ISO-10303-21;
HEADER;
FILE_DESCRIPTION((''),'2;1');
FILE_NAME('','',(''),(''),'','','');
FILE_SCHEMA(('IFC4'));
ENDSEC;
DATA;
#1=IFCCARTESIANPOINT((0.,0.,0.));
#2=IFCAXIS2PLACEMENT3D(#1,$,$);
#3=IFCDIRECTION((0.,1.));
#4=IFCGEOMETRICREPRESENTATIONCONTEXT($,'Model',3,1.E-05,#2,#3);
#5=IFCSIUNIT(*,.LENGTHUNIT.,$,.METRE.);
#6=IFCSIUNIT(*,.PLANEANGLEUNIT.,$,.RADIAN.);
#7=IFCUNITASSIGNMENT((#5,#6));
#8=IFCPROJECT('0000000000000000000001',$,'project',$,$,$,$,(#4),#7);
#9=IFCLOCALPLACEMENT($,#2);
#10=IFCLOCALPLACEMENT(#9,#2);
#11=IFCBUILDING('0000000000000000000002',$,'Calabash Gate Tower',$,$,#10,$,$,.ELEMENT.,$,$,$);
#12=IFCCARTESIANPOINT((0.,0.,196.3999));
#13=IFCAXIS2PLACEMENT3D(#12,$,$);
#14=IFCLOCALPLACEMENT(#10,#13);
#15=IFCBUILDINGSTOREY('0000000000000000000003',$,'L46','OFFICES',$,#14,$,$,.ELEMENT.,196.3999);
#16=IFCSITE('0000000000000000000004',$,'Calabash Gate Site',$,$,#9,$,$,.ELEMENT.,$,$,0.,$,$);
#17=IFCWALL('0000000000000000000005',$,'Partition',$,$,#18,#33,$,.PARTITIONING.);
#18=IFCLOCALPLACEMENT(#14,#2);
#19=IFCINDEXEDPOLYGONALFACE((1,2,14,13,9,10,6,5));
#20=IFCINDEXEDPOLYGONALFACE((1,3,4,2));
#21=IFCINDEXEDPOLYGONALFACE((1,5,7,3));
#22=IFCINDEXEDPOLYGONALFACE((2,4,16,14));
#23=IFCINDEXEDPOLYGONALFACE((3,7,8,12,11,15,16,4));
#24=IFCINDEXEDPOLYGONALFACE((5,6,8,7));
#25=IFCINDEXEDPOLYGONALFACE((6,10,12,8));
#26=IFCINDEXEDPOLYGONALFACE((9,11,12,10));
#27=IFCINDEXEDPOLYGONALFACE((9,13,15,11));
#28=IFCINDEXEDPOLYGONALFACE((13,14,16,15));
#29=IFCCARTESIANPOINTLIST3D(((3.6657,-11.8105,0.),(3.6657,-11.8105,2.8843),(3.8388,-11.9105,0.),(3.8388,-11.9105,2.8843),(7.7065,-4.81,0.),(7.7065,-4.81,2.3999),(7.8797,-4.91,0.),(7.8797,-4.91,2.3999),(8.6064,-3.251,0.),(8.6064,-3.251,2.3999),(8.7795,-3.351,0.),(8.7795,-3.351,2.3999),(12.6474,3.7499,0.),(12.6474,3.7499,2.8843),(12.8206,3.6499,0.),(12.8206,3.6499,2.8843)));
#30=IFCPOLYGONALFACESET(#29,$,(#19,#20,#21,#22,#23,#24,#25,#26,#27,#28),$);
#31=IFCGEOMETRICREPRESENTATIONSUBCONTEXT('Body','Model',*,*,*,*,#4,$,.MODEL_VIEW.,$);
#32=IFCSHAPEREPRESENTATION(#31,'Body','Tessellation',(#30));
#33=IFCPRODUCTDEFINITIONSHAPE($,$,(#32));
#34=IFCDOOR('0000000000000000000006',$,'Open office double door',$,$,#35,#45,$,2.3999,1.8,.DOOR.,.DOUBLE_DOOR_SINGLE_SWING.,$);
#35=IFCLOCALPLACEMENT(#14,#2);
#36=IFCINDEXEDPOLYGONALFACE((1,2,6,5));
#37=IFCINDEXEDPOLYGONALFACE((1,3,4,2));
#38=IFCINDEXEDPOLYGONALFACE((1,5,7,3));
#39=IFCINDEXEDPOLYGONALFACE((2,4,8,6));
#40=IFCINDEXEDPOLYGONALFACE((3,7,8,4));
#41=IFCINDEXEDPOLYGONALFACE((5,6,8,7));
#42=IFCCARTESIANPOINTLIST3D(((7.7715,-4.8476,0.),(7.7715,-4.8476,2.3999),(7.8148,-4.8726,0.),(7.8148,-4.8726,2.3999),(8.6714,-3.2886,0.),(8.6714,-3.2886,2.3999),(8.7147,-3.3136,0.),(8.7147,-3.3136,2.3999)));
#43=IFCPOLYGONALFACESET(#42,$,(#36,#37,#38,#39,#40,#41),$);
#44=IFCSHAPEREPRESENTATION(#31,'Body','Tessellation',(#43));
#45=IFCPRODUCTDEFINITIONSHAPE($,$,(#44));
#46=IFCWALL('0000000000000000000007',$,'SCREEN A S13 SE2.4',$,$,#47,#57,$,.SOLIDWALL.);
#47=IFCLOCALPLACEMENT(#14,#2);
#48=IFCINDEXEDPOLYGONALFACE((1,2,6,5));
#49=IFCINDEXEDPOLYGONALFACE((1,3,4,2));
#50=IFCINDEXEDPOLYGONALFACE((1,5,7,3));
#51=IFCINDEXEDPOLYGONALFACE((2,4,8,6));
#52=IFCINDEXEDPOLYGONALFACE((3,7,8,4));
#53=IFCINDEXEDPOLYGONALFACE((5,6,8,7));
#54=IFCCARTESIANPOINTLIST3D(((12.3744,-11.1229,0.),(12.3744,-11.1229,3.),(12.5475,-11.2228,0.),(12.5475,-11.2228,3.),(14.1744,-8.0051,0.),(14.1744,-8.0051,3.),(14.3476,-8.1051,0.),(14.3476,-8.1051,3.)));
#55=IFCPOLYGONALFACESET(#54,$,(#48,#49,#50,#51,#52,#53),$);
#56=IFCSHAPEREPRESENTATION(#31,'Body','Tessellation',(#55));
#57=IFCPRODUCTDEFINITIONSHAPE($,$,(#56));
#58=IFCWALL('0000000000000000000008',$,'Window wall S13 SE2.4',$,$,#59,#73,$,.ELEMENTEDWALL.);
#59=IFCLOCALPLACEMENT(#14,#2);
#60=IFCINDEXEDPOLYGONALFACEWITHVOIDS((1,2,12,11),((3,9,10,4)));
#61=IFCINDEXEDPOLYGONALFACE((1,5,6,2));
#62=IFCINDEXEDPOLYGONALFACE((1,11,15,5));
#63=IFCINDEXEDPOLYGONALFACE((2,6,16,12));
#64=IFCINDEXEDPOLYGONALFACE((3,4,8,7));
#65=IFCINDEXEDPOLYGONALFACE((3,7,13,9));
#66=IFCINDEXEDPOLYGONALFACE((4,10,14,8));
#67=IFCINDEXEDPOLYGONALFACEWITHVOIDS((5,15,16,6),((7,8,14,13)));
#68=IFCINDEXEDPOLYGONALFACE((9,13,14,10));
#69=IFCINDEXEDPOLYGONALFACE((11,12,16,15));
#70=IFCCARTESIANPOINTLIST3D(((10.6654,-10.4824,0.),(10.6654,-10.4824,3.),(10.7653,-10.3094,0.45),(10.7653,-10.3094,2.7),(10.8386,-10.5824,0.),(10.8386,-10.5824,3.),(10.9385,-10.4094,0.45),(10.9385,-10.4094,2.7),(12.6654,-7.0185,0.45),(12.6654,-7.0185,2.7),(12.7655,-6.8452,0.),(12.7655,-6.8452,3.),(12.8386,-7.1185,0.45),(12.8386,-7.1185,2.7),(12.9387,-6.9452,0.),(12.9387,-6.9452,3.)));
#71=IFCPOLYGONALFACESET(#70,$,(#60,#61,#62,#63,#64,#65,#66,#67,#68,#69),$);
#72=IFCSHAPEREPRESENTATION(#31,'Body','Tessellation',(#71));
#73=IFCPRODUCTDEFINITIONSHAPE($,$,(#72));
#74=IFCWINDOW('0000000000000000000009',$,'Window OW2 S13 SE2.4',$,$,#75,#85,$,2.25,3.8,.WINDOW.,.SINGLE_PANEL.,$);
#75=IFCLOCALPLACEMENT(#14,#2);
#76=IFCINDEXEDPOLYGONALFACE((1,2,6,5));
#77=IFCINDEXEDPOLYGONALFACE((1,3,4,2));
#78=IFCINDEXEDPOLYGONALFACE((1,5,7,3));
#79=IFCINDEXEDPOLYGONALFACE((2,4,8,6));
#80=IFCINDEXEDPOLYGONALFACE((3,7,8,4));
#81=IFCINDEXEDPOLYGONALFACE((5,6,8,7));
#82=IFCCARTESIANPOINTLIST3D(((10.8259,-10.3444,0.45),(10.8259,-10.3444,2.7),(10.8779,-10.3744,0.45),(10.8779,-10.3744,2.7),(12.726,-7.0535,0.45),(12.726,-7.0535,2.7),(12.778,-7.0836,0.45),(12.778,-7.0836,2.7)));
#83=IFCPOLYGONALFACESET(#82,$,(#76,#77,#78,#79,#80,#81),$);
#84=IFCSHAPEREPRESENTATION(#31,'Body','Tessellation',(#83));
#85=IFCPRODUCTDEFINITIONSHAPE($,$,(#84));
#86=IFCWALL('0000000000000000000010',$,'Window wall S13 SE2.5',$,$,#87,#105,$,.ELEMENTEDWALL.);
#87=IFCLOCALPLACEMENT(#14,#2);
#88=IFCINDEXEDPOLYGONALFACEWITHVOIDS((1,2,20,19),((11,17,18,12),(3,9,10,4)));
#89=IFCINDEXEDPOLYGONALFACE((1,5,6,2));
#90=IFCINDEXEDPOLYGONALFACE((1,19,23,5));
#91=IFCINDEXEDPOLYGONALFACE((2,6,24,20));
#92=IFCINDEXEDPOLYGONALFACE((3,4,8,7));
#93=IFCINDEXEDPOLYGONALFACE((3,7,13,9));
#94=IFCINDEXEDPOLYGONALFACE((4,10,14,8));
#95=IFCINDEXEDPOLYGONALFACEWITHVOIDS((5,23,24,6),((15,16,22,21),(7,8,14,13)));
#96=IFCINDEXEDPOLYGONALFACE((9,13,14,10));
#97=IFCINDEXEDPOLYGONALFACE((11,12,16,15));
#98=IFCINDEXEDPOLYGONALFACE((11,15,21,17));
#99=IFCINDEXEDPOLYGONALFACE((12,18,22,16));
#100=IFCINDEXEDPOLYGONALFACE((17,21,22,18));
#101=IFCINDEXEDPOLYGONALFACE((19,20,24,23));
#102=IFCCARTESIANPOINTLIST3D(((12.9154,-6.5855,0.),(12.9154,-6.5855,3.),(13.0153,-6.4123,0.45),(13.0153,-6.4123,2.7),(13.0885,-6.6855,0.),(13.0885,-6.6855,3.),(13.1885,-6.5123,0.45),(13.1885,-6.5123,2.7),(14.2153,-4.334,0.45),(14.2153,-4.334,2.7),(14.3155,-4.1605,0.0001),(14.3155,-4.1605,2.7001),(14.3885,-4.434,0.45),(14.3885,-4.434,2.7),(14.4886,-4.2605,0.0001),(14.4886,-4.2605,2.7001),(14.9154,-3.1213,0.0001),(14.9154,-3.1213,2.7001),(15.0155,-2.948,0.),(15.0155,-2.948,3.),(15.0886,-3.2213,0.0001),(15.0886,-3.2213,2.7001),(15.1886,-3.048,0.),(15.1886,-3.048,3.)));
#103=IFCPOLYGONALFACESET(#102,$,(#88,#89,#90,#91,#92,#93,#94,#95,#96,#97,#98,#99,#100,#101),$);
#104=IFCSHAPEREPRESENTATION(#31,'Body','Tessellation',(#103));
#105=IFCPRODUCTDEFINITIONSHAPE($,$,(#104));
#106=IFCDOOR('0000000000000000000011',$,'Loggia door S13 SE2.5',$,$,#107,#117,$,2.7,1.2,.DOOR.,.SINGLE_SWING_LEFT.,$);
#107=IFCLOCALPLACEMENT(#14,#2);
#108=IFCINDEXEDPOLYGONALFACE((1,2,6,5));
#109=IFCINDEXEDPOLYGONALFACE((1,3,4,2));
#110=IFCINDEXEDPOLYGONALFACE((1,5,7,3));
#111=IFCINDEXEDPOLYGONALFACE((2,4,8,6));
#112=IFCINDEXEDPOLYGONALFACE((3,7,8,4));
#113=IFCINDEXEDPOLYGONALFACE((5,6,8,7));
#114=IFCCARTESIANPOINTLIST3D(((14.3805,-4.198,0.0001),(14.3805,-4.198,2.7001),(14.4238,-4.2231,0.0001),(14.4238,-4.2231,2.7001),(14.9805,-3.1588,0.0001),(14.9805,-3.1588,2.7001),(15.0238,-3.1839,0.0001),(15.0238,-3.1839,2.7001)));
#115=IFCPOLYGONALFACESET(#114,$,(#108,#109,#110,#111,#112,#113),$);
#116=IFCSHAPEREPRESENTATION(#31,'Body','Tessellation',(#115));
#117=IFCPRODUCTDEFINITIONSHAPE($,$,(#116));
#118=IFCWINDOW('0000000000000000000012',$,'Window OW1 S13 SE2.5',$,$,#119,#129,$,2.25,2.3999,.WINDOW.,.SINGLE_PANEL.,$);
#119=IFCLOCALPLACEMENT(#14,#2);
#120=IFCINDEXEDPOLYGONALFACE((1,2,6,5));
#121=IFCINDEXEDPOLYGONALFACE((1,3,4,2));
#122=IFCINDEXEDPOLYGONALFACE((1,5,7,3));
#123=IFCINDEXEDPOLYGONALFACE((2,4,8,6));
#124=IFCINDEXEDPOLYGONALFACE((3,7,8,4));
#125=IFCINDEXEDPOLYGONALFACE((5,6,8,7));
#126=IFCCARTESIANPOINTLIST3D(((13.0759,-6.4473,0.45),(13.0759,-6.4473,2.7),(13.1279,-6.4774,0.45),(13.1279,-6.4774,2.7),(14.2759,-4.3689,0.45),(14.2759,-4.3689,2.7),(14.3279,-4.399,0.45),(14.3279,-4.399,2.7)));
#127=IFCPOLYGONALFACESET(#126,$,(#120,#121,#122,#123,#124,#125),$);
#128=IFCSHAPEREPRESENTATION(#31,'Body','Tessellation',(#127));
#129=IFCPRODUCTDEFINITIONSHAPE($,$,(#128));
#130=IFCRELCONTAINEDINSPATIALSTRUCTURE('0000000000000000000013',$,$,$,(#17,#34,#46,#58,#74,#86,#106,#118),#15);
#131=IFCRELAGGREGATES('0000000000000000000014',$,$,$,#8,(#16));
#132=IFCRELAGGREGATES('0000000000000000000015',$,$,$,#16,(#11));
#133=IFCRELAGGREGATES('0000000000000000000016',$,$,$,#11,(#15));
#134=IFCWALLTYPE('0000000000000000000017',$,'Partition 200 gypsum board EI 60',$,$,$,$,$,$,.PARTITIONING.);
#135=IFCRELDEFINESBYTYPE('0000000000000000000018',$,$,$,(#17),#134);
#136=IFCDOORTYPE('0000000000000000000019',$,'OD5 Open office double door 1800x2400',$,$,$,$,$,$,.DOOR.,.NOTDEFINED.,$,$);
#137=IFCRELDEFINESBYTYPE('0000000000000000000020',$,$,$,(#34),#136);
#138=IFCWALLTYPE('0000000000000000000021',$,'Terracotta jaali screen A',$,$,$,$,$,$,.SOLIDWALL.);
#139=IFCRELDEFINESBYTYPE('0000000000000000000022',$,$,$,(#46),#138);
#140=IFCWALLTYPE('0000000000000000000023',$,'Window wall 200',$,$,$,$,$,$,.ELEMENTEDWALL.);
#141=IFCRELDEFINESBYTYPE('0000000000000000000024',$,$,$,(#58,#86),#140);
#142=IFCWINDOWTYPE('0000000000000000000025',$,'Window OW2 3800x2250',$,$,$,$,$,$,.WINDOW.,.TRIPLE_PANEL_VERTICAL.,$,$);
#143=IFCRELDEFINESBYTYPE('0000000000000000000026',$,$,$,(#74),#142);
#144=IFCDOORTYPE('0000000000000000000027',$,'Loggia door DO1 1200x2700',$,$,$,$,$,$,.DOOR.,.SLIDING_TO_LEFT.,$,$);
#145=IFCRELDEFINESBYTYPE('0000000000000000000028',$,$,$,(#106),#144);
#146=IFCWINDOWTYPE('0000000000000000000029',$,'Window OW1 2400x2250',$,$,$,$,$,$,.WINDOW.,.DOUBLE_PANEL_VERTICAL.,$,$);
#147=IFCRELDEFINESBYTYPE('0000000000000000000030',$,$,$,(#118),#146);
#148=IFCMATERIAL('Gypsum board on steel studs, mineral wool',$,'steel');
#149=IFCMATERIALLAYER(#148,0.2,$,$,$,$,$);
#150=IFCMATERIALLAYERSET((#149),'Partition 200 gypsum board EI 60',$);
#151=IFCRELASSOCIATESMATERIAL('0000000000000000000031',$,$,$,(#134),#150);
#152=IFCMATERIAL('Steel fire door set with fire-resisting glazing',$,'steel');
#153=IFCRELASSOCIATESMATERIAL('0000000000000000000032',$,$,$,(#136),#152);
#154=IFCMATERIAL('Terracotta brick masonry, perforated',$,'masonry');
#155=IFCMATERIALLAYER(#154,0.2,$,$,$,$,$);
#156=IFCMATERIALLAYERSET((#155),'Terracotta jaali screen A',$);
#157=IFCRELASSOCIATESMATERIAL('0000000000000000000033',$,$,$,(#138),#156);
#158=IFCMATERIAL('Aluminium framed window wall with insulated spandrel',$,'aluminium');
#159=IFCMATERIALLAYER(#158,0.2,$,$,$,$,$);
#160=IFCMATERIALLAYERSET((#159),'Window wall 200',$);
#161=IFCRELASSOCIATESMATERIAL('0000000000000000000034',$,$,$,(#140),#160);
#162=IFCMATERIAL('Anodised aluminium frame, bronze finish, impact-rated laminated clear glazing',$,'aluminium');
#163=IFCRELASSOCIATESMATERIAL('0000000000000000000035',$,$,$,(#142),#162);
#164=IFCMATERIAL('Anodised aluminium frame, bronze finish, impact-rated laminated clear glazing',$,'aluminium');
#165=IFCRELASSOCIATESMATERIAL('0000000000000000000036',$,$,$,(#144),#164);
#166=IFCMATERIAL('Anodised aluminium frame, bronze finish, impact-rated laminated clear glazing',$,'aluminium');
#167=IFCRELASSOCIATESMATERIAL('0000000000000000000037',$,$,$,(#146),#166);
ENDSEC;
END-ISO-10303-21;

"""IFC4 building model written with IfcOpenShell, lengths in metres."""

from ifc_helpers import new_model, si_unit, direction, frame, frame_2d, origin, place, context, subcontext, project, spatial, rectangle, extrude, material, layer, layer_set, type_object, element, fill, save


model = new_model("IFC4")

# Units and contexts
model_context = context("Model", 3, precision=1e-05, world=origin(), true_north=direction((0.0, 1.0)))
body_context = subcontext(model_context, "Body", "Model", "MODEL_VIEW")
ifc_project = project(units=[si_unit("LENGTHUNIT", "METRE"), si_unit("PLANEANGLEUNIT", "RADIAN")], contexts=[model_context])

# Site, building, storey
site_placement = place(None, origin())
site = spatial("IfcSite", under=ifc_project, at=site_placement, Name="Calabash Gate Site", CompositionType="ELEMENT", RefElevation=0.0)
building_placement = place(site_placement, origin())
building = spatial("IfcBuilding", under=site, at=building_placement, Name="Calabash Gate Tower", CompositionType="ELEMENT")
storey_placement = place(building_placement, frame((0.0, 0.0, 196.3999)))
storey = spatial("IfcBuildingStorey", under=building, at=storey_placement, Name="L46", Description="OFFICES", CompositionType="ELEMENT", Elevation=196.3999)

# Shared definitions
ifc_material_1 = material(Name="Gypsum board on steel studs, mineral wool", Category="steel")
ifc_layer_1 = layer(ifc_material_1, 0.2)
ifc_layer_set_1 = layer_set([ifc_layer_1], Name="Partition 200 gypsum board EI 60")
wall_type_1 = type_object("IfcWallType", Name="Partition 200 gypsum board EI 60", PredefinedType="PARTITIONING", material=ifc_layer_set_1)

# Wall, opening, door
wall_1_placement = place(storey_placement, frame((3.7522, -11.8606, 0.0), z_axis=(0.0, 0.0, 1.0), x_axis=(0.499914, 0.866075, 0.0)))
wall_1 = element("IfcWall", 1, at=wall_1_placement, inside=storey, type_object=wall_type_1, Name="Partition", PredefinedType="PARTITIONING", context=body_context, shape_type="SweptSolid", body=[
    extrude(rectangle(XDim=17.9666, YDim=0.2, at=frame_2d((8.9834, 0.0))), origin(), (0.0, 0.0, 1.0), 2.8843),
])
opening_1_placement = place(wall_1_placement, frame((8.0833, 0.0, 0.0)))
opening_1 = element("IfcOpeningElement", 2, at=opening_1_placement, cuts=wall_1, PredefinedType="OPENING", context=body_context, shape_type="SweptSolid", body=[
    extrude(rectangle(XDim=1.8, YDim=2.3999, at=frame_2d((0.8999, 1.2))), frame((0.0, 0.1099, 0.0), z_axis=(0.0, -1.0, 0.0), x_axis=(1.0, 0.0, 0.0)), (0.0, 0.0, 1.0), 0.22),
])
ifc_material_2 = material(Name="Steel fire door set with fire-resisting glazing", Category="steel")
door_type_1 = type_object("IfcDoorType", Name="OD5 Open office double door 1800x2400", OperationType="NOTDEFINED", PredefinedType="DOOR", material=ifc_material_2)
door_1_placement = place(opening_1_placement, origin())
door_1 = element("IfcDoor", 3, at=door_1_placement, inside=storey, type_object=door_type_1, Name="Open office double door", OperationType="DOUBLE_DOOR_SINGLE_SWING", OverallHeight=2.3999, OverallWidth=1.8, PredefinedType="DOOR", context=body_context, shape_type="SweptSolid", body=[
    extrude(rectangle(XDim=1.8, YDim=2.3999, at=frame_2d((0.8999, 1.2))), frame((0.0, 0.0249, 0.0), z_axis=(0.0, -1.0, 0.0), x_axis=(1.0, 0.0, 0.0)), (0.0, 0.0, 1.0), 0.05),
])
fill(opening_1, door_1)

# Wall
ifc_material_3 = material(Name="Terracotta brick masonry, perforated", Category="masonry")
ifc_layer_2 = layer(ifc_material_3, 0.2)
ifc_layer_set_2 = layer_set([ifc_layer_2], Name="Terracotta jaali screen A")
wall_type_2 = type_object("IfcWallType", Name="Terracotta jaali screen A", PredefinedType="SOLIDWALL", material=ifc_layer_set_2)
wall_2_placement = place(storey_placement, frame((12.4609, -11.1729, 0.0), z_axis=(0.0, 0.0, 1.0), x_axis=(0.500012, 0.866018, 0.0)))
element("IfcWall", 4, at=wall_2_placement, inside=storey, type_object=wall_type_2, Name="SCREEN A S13 SE2.4", PredefinedType="SOLIDWALL", context=body_context, shape_type="SweptSolid", body=[
    extrude(rectangle(XDim=3.6001, YDim=0.2, at=frame_2d((1.8, 0.0))), origin(), (0.0, 0.0, 1.0), 3.0),
])

# Wall, opening, window
ifc_material_4 = material(Name="Aluminium framed window wall with insulated spandrel", Category="aluminium")
ifc_layer_3 = layer(ifc_material_4, 0.2)
ifc_layer_set_3 = layer_set([ifc_layer_3], Name="Window wall 200")
wall_type_3 = type_object("IfcWallType", Name="Window wall 200", PredefinedType="ELEMENTEDWALL", material=ifc_layer_set_3)
wall_3_placement = place(storey_placement, frame((10.752, -10.5325, 0.0), z_axis=(0.0, 0.0, 1.0), x_axis=(0.500028, 0.866009, 0.0)))
wall_3 = element("IfcWall", 5, at=wall_3_placement, inside=storey, type_object=wall_type_3, Name="Window wall S13 SE2.4", PredefinedType="ELEMENTEDWALL", context=body_context, shape_type="SweptSolid", body=[
    extrude(rectangle(XDim=4.2, YDim=0.2, at=frame_2d((2.1001, 0.0))), origin(), (0.0, 0.0, 1.0), 3.0),
])
opening_2_placement = place(wall_3_placement, frame((0.2, 0.0, 0.45)))
opening_2 = element("IfcOpeningElement", 6, at=opening_2_placement, cuts=wall_3, PredefinedType="OPENING", context=body_context, shape_type="SweptSolid", body=[
    extrude(rectangle(XDim=3.8, YDim=2.25, at=frame_2d((1.8999, 1.125))), frame((0.0, 0.1099, 0.0), z_axis=(0.0, -1.0, 0.0), x_axis=(1.0, 0.0, 0.0)), (0.0, 0.0, 1.0), 0.22),
])
ifc_material_5 = material(Name="Anodised aluminium frame, bronze finish, impact-rated laminated clear glazing", Category="aluminium")
window_type_1 = type_object("IfcWindowType", Name="Window OW2 3800x2250", PartitioningType="TRIPLE_PANEL_VERTICAL", PredefinedType="WINDOW", material=ifc_material_5)
window_1_placement = place(opening_2_placement, origin())
window_1 = element("IfcWindow", 7, at=window_1_placement, inside=storey, type_object=window_type_1, Name="Window OW2 S13 SE2.4", OverallHeight=2.25, OverallWidth=3.8, PartitioningType="SINGLE_PANEL", PredefinedType="WINDOW", context=body_context, shape_type="SweptSolid", body=[
    extrude(rectangle(XDim=3.8, YDim=2.25, at=frame_2d((1.8999, 1.125))), frame((0.0, 0.03, 0.0), z_axis=(0.0, -1.0, 0.0), x_axis=(1.0, 0.0, 0.0)), (0.0, 0.0, 1.0), 0.0601),
])
fill(opening_2, window_1)

# Wall, openings, door, window
wall_4_placement = place(storey_placement, frame((13.002, -6.6355, 0.0), z_axis=(0.0, 0.0, 1.0), x_axis=(0.500003, 0.866024, 0.0)))
wall_4 = element("IfcWall", 8, at=wall_4_placement, inside=storey, type_object=wall_type_3, Name="Window wall S13 SE2.5", PredefinedType="ELEMENTEDWALL", context=body_context, shape_type="SweptSolid", body=[
    extrude(rectangle(XDim=4.2002, YDim=0.2, at=frame_2d((2.1001, 0.0))), origin(), (0.0, 0.0, 1.0), 3.0),
])
opening_3_placement = place(wall_4_placement, frame((0.2, 0.0, 0.45)))
opening_3 = element("IfcOpeningElement", 9, at=opening_3_placement, cuts=wall_4, PredefinedType="OPENING", context=body_context, shape_type="SweptSolid", body=[
    extrude(rectangle(XDim=2.3999, YDim=2.25, at=frame_2d((1.2, 1.125))), frame((0.0, 0.1099, 0.0), z_axis=(0.0, -1.0, 0.0), x_axis=(1.0, 0.0, 0.0)), (0.0, 0.0, 1.0), 0.22),
])
opening_4_placement = place(wall_4_placement, frame((2.8, 0.0, 0.0)))
opening_4 = element("IfcOpeningElement", 10, at=opening_4_placement, cuts=wall_4, PredefinedType="OPENING", context=body_context, shape_type="SweptSolid", body=[
    extrude(rectangle(XDim=1.2, YDim=2.7, at=frame_2d((0.6001, 1.3501))), frame((0.0, 0.1099, 0.0), z_axis=(0.0, -1.0, 0.0), x_axis=(1.0, 0.0, 0.0)), (0.0, 0.0, 1.0), 0.22),
])
ifc_material_6 = material(Name="Anodised aluminium frame, bronze finish, impact-rated laminated clear glazing", Category="aluminium")
door_type_2 = type_object("IfcDoorType", Name="Loggia door DO1 1200x2700", OperationType="SLIDING_TO_LEFT", PredefinedType="DOOR", material=ifc_material_6)
door_2_placement = place(opening_4_placement, origin())
door_2 = element("IfcDoor", 11, at=door_2_placement, inside=storey, type_object=door_type_2, Name="Loggia door S13 SE2.5", OperationType="SINGLE_SWING_LEFT", OverallHeight=2.7, OverallWidth=1.2, PredefinedType="DOOR", context=body_context, shape_type="SweptSolid", body=[
    extrude(rectangle(XDim=1.2, YDim=2.7, at=frame_2d((0.6001, 1.3501))), frame((0.0, 0.0249, 0.0), z_axis=(0.0, -1.0, 0.0), x_axis=(1.0, 0.0, 0.0)), (0.0, 0.0, 1.0), 0.05),
])
fill(opening_4, door_2)
ifc_material_7 = material(Name="Anodised aluminium frame, bronze finish, impact-rated laminated clear glazing", Category="aluminium")
window_type_2 = type_object("IfcWindowType", Name="Window OW1 2400x2250", PartitioningType="DOUBLE_PANEL_VERTICAL", PredefinedType="WINDOW", material=ifc_material_7)
window_2_placement = place(opening_3_placement, origin())
window_2 = element("IfcWindow", 12, at=window_2_placement, inside=storey, type_object=window_type_2, Name="Window OW1 S13 SE2.5", OverallHeight=2.25, OverallWidth=2.3999, PartitioningType="SINGLE_PANEL", PredefinedType="WINDOW", context=body_context, shape_type="SweptSolid", body=[
    extrude(rectangle(XDim=2.3999, YDim=2.25, at=frame_2d((1.2, 1.125))), frame((0.0, 0.03, 0.0), z_axis=(0.0, -1.0, 0.0), x_axis=(1.0, 0.0, 0.0)), (0.0, 0.0, 1.0), 0.0601),
])
fill(opening_3, window_2)

save(model, "model.ifc")
